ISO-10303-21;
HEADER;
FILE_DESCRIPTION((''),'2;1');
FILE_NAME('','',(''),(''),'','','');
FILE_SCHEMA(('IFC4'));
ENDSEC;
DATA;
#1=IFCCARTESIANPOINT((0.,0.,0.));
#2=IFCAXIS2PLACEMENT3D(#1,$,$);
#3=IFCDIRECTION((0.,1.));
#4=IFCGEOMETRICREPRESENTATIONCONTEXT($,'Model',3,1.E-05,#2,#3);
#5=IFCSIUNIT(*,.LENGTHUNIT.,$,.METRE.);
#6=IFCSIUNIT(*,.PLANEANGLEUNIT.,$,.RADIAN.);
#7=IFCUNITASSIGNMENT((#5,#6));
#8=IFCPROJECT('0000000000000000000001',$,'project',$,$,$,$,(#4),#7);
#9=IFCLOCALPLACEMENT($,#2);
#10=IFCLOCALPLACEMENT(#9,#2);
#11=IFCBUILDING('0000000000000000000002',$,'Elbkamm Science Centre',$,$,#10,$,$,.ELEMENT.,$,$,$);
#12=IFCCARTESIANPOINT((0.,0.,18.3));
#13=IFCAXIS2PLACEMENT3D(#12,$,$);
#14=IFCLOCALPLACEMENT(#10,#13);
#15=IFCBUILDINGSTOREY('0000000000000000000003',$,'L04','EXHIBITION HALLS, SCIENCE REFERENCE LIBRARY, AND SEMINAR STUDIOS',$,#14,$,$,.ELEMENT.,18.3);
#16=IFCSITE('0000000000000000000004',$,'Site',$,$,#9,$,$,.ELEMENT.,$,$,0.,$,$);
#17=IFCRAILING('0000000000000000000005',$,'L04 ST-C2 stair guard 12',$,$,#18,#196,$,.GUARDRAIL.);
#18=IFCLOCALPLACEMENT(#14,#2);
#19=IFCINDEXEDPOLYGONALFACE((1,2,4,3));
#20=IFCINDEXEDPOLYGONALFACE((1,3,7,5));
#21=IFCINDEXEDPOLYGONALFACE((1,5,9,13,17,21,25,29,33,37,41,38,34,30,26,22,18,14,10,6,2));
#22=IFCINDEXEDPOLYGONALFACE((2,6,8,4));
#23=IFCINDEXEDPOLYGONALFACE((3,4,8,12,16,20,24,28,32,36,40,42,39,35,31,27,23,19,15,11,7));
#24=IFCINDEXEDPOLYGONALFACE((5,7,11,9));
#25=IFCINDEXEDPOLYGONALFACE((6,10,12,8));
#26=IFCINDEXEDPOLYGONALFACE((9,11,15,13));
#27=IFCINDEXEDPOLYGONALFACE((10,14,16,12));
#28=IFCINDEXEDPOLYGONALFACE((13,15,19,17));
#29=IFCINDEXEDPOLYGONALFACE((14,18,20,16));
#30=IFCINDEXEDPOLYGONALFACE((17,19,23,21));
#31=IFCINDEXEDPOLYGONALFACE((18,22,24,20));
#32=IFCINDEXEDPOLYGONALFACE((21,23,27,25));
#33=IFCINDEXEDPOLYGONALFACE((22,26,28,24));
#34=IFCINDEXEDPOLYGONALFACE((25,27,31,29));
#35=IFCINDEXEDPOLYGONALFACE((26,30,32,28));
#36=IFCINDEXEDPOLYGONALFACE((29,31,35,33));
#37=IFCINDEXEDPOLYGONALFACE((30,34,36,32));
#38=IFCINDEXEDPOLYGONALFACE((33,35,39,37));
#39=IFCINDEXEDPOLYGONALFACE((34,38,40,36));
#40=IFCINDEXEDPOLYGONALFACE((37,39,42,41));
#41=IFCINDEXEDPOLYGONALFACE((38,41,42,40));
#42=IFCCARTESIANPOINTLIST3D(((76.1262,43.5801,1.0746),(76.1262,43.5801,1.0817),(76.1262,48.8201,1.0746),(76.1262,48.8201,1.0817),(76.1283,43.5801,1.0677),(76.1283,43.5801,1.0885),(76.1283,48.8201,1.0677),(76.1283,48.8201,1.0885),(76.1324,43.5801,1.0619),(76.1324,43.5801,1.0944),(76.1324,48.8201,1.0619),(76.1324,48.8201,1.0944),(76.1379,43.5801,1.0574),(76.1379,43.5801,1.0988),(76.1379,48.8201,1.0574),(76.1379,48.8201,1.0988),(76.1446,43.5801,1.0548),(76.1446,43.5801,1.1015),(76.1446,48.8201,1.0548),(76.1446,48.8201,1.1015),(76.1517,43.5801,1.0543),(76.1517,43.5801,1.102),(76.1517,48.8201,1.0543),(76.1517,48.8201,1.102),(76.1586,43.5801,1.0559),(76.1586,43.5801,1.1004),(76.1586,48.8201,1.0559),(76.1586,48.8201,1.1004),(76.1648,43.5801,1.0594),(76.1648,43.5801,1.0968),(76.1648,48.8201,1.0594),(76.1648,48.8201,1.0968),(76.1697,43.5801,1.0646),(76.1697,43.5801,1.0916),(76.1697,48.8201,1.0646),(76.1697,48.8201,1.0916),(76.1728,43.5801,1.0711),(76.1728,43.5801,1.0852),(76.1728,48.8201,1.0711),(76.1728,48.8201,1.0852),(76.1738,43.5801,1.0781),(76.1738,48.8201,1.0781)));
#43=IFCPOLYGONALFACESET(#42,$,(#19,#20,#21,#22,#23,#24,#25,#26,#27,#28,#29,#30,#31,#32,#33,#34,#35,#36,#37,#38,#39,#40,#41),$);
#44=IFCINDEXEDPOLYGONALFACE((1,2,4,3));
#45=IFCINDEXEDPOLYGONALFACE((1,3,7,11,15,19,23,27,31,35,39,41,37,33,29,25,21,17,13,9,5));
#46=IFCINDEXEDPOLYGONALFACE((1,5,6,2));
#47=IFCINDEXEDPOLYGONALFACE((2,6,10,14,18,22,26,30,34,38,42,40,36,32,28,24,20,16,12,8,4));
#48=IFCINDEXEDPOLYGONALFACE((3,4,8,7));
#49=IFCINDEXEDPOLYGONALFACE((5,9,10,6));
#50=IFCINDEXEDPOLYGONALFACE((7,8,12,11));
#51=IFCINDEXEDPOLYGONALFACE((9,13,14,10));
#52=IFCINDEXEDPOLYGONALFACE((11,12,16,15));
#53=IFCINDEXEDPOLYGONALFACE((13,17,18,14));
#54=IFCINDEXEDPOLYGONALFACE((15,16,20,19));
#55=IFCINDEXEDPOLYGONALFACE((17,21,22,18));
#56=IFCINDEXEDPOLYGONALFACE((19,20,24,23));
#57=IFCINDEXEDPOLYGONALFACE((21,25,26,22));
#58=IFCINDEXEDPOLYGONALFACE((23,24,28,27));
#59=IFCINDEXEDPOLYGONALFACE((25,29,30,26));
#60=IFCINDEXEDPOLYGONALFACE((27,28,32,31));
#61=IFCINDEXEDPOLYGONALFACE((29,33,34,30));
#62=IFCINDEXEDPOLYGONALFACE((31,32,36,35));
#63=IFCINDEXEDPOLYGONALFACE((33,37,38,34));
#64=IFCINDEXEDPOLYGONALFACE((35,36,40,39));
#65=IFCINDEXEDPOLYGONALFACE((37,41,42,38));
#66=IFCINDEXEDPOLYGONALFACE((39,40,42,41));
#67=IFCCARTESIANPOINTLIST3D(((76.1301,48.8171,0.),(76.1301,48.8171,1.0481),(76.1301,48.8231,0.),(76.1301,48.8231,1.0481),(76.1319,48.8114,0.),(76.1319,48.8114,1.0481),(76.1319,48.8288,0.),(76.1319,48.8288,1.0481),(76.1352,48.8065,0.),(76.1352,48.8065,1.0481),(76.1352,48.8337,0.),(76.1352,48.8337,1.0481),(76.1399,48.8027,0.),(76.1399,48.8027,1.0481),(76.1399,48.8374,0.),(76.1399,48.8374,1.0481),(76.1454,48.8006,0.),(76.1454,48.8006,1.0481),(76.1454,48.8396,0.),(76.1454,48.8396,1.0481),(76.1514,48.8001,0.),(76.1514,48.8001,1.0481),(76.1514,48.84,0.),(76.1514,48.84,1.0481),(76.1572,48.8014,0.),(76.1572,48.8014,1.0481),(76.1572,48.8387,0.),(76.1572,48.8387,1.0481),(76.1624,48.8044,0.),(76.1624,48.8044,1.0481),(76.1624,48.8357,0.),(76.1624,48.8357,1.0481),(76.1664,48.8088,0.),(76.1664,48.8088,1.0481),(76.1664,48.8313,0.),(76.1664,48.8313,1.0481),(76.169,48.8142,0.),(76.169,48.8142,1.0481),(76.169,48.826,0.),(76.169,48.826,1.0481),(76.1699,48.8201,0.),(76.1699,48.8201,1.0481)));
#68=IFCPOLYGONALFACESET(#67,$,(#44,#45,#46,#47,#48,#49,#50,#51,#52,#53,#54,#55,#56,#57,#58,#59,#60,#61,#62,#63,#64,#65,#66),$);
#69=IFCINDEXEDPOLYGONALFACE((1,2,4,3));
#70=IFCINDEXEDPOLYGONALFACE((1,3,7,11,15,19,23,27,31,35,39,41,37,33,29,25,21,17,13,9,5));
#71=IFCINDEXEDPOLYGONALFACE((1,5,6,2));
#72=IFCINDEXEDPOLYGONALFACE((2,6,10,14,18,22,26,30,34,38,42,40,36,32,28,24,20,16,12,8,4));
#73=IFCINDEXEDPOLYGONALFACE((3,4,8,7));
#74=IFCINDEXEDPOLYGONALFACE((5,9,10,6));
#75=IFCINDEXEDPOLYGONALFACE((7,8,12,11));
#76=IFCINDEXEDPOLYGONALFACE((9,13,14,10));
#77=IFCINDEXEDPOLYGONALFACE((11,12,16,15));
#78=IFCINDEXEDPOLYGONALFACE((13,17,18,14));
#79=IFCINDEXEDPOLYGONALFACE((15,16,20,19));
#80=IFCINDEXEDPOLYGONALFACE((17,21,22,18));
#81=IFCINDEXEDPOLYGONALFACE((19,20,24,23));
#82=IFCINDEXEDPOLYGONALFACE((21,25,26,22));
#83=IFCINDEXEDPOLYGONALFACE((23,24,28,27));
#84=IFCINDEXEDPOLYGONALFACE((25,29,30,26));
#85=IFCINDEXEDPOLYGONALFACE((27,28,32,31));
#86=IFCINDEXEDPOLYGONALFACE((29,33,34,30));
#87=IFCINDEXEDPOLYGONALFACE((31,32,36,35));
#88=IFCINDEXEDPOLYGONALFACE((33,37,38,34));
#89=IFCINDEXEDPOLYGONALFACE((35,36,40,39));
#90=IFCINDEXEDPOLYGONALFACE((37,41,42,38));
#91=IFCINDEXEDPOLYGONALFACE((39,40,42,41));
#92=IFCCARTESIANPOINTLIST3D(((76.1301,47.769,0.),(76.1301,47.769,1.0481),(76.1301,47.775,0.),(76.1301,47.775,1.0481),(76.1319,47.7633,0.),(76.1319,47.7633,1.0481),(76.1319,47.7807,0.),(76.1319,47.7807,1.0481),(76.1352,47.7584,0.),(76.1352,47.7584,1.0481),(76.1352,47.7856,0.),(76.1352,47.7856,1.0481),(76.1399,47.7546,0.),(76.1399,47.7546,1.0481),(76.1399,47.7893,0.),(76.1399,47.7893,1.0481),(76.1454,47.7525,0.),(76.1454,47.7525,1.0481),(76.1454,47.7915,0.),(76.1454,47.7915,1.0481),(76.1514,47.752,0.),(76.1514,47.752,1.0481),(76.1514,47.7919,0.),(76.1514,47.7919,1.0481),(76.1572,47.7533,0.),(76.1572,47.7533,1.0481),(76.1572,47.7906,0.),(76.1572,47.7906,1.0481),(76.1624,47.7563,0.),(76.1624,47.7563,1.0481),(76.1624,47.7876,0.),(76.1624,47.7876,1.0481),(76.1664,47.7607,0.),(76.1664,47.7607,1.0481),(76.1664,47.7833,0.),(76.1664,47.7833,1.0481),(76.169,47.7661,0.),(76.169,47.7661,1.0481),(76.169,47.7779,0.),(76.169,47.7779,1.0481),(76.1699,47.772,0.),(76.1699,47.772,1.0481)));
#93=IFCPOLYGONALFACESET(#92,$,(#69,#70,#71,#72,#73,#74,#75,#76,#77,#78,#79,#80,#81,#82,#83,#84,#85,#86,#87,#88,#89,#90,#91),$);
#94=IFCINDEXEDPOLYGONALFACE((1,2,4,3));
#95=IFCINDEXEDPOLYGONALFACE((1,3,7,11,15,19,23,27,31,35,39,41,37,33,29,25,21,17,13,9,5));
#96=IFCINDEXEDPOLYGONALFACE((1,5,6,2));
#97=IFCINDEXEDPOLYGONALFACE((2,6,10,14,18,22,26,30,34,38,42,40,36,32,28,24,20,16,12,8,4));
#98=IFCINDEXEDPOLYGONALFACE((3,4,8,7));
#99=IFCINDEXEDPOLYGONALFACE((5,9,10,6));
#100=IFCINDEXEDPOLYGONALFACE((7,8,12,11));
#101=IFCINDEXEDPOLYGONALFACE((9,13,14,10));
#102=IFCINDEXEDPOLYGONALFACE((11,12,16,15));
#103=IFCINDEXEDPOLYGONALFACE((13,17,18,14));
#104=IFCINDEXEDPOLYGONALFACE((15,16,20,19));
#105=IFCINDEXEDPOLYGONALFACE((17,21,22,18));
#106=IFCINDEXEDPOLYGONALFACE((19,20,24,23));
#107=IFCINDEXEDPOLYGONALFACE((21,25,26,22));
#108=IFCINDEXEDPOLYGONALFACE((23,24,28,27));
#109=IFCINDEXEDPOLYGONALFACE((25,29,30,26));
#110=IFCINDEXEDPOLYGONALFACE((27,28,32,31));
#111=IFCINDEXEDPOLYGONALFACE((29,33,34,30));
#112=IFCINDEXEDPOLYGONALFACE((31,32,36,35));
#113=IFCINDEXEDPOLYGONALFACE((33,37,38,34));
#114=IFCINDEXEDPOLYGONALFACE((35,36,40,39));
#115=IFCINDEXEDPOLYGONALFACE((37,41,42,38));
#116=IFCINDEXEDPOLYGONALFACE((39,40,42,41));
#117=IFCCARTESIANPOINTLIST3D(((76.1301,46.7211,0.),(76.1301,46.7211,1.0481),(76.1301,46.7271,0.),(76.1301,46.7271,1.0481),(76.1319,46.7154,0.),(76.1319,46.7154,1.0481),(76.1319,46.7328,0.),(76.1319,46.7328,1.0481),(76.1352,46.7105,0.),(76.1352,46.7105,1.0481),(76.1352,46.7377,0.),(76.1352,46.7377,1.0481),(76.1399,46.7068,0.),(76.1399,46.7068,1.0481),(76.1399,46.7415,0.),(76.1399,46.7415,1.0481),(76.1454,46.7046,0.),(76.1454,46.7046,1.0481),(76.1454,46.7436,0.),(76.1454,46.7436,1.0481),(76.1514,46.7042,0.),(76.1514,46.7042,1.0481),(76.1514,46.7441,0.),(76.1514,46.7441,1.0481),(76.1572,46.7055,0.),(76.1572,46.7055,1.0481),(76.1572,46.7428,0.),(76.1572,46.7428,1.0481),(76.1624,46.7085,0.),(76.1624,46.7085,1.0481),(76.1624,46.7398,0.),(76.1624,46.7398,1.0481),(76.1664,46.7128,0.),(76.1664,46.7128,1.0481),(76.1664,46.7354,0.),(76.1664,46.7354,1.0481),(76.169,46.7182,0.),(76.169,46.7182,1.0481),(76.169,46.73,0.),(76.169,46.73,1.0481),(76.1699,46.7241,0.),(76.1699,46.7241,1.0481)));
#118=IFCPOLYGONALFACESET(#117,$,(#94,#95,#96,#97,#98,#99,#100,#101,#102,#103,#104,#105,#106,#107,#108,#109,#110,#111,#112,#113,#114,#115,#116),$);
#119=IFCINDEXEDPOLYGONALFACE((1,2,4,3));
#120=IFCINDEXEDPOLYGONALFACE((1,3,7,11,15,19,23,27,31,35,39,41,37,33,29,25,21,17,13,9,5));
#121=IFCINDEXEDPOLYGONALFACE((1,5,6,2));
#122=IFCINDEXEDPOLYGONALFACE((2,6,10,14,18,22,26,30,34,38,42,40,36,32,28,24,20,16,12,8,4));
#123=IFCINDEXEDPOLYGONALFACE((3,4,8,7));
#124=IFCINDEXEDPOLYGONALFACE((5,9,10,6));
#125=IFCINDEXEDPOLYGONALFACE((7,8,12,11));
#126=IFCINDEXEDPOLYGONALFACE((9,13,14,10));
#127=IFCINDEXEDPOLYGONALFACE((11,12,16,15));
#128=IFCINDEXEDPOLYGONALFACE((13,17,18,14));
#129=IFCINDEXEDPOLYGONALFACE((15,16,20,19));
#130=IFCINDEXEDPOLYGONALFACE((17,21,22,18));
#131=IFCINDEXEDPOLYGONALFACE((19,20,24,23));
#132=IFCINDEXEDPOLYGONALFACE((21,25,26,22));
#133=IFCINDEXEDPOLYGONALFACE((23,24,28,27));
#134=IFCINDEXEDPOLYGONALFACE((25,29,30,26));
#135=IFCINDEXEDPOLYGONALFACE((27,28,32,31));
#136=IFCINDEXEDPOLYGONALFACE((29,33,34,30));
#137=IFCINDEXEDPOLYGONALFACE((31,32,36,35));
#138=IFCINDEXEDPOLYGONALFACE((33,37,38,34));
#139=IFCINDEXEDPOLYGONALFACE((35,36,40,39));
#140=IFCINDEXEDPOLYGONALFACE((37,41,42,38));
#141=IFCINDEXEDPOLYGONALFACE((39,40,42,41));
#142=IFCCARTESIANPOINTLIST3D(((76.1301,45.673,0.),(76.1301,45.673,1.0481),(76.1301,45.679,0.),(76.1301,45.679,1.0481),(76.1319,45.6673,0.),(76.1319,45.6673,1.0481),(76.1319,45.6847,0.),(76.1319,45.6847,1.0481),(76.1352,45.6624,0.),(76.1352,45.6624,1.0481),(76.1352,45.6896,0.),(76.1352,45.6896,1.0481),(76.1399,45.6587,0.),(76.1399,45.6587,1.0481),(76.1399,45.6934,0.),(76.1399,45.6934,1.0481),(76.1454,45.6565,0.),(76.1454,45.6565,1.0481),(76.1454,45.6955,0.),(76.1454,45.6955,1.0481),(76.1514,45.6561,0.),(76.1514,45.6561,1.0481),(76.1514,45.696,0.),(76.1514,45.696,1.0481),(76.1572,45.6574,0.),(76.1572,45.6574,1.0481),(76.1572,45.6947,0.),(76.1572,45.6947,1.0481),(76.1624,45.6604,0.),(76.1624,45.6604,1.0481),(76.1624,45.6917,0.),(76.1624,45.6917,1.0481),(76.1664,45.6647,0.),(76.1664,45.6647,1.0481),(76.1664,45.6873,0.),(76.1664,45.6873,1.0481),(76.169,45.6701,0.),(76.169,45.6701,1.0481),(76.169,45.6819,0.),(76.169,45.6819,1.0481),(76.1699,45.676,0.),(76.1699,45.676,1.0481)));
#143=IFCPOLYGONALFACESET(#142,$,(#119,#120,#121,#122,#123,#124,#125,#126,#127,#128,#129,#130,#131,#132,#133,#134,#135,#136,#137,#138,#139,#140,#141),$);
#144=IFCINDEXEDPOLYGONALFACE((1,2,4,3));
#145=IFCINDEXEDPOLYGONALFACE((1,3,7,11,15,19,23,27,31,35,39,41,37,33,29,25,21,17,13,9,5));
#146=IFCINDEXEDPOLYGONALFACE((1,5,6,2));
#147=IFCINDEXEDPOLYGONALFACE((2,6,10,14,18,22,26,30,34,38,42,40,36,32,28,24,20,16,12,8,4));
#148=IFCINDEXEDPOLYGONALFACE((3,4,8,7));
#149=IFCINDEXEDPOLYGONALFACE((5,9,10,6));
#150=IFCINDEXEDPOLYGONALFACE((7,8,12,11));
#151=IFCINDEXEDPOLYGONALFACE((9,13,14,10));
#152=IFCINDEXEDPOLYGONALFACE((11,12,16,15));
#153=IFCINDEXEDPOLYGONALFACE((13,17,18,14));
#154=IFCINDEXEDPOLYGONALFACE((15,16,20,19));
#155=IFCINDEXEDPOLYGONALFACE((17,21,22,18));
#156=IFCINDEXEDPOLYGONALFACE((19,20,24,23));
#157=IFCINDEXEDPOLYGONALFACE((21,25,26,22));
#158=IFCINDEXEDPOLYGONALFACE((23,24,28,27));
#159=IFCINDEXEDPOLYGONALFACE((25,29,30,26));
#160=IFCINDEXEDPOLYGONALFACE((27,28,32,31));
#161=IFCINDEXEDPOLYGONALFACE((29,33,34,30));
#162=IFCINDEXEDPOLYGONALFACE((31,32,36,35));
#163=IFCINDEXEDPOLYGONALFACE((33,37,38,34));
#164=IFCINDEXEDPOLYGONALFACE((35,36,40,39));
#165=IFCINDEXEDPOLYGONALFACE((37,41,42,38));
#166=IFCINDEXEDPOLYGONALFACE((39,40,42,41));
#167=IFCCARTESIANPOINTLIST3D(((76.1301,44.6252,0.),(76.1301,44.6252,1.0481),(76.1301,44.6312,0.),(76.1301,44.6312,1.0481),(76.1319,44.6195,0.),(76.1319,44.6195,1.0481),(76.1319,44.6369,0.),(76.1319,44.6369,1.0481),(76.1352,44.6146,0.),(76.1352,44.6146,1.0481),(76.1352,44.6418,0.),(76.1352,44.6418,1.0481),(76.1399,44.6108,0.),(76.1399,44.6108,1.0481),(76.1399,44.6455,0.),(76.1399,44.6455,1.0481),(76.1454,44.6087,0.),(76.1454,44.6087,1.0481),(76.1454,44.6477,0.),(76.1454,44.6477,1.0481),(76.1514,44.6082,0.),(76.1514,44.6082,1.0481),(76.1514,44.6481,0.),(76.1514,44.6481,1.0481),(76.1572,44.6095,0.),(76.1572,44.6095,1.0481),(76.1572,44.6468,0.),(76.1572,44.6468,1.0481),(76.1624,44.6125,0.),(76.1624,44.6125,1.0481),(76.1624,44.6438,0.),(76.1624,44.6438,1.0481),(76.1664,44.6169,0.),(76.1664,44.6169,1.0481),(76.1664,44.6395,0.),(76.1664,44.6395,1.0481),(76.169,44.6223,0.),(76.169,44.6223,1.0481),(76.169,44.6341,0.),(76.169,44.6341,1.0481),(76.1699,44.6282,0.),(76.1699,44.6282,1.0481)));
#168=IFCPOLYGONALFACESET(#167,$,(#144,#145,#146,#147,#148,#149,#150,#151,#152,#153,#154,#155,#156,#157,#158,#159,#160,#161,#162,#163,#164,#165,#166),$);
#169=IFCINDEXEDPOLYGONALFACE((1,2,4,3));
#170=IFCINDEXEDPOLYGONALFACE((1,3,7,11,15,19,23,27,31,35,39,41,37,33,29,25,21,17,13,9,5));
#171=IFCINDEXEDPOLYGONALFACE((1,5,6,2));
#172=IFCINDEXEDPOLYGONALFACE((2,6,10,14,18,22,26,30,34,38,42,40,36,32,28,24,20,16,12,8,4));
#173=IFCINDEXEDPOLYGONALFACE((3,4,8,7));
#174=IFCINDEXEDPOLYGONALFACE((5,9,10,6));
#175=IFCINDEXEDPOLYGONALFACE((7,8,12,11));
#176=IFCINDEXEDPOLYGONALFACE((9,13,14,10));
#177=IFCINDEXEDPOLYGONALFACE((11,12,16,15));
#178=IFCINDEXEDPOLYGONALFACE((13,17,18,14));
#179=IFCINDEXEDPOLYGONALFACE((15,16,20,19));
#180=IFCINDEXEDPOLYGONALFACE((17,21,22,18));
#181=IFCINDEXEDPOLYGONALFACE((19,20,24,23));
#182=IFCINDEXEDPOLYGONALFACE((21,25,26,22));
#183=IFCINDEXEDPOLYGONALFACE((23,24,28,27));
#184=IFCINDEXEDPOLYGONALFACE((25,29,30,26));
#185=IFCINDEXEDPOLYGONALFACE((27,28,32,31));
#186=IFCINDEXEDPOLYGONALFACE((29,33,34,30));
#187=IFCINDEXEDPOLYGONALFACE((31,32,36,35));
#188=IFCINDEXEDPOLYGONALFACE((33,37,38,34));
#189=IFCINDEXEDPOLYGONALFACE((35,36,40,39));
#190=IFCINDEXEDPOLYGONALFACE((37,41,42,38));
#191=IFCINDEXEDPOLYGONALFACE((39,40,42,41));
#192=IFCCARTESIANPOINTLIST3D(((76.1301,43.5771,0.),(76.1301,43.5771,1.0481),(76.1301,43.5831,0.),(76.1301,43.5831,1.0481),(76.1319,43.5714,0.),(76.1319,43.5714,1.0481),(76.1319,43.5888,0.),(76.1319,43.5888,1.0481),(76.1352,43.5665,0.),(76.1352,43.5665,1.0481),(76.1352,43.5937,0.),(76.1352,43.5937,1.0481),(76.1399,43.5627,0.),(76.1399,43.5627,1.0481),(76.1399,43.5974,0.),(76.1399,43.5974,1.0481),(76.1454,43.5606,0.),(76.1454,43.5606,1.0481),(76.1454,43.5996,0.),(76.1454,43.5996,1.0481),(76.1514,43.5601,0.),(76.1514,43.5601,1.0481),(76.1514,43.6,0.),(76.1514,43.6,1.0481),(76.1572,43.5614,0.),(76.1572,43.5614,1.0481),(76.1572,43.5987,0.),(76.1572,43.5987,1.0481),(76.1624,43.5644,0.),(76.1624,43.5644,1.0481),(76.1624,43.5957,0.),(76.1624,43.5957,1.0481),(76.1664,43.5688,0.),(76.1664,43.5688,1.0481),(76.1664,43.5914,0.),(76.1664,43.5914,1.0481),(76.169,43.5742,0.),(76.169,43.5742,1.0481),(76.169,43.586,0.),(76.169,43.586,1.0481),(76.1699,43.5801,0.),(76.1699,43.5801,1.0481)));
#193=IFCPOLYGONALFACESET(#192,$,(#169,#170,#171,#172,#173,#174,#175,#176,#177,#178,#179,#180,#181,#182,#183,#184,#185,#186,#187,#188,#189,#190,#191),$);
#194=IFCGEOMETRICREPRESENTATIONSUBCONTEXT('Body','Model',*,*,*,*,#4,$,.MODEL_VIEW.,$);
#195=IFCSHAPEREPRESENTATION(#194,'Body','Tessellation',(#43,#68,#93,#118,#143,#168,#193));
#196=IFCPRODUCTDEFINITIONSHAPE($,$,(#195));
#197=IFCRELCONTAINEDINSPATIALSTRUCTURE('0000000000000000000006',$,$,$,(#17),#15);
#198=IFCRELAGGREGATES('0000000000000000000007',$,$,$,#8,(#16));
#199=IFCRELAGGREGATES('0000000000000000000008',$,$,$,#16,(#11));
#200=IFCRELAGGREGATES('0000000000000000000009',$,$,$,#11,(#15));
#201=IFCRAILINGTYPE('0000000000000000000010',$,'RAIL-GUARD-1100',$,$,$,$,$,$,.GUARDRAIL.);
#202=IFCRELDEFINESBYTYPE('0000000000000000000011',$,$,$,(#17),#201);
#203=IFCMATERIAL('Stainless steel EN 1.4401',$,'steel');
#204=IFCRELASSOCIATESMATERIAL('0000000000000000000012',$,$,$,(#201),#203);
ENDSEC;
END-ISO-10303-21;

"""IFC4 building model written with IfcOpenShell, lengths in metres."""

from ifc_helpers import new_model, si_unit, direction, frame, origin, origin_2d, place, context, subcontext, project, spatial, circle, extrude, material, type_object, element, save


model = new_model("IFC4")

# Units and contexts
model_context = context("Model", 3, precision=1e-05, world=origin(), true_north=direction((0.0, 1.0)))
body_context = subcontext(model_context, "Body", "Model", "MODEL_VIEW")
ifc_project = project(units=[si_unit("LENGTHUNIT", "METRE"), si_unit("PLANEANGLEUNIT", "RADIAN")], contexts=[model_context])

# Site, building, storey
site_placement = place(None, origin())
site = spatial("IfcSite", under=ifc_project, at=site_placement, Name="Site", CompositionType="ELEMENT", RefElevation=0.0)
building_placement = place(site_placement, origin())
building = spatial("IfcBuilding", under=site, at=building_placement, Name="Elbkamm Science Centre", CompositionType="ELEMENT")
storey_placement = place(building_placement, frame((0.0, 0.0, 18.3)))
storey = spatial("IfcBuildingStorey", under=building, at=storey_placement, Name="L04", Description="EXHIBITION HALLS, SCIENCE REFERENCE LIBRARY, AND SEMINAR STUDIOS", CompositionType="ELEMENT", Elevation=18.3)

# Railing
ifc_material_1 = material(Name="Stainless steel EN 1.4401", Category="steel")
railing_type_1 = type_object("IfcRailingType", Name="RAIL-GUARD-1100", PredefinedType="GUARDRAIL", material=ifc_material_1)
railing_1_placement = place(storey_placement, frame((76.1499, 48.8201, 0.0)))
element("IfcRailing", 1, at=railing_1_placement, inside=storey, type_object=railing_type_1, Name="L04 ST-C2 stair guard 12", PredefinedType="GUARDRAIL", context=body_context, shape_type="SweptSolid", body=[
    extrude(circle(Radius=0.0239, at=origin_2d()), frame((0.0, 0.0, 1.0781), z_axis=(0.0, -1.0, 0.0), x_axis=(1.0, 0.0, 0.0)), (0.0, 0.0, 1.0), 5.24),
    extrude(circle(Radius=0.02, at=origin_2d()), origin(), (0.0, 0.0, 1.0), 1.0481),
    extrude(circle(Radius=0.02, at=origin_2d()), frame((0.0, -1.0481, 0.0)), (0.0, 0.0, 1.0), 1.0481),
    extrude(circle(Radius=0.02, at=origin_2d()), frame((0.0, -2.0959, 0.0)), (0.0, 0.0, 1.0), 1.0481),
    extrude(circle(Radius=0.02, at=origin_2d()), frame((0.0, -3.144, 0.0)), (0.0, 0.0, 1.0), 1.0481),
    extrude(circle(Radius=0.02, at=origin_2d()), frame((0.0, -4.1919, 0.0)), (0.0, 0.0, 1.0), 1.0481),
    extrude(circle(Radius=0.02, at=origin_2d()), frame((0.0, -5.24, 0.0)), (0.0, 0.0, 1.0), 1.0481),
])

save(model, "model.ifc")
